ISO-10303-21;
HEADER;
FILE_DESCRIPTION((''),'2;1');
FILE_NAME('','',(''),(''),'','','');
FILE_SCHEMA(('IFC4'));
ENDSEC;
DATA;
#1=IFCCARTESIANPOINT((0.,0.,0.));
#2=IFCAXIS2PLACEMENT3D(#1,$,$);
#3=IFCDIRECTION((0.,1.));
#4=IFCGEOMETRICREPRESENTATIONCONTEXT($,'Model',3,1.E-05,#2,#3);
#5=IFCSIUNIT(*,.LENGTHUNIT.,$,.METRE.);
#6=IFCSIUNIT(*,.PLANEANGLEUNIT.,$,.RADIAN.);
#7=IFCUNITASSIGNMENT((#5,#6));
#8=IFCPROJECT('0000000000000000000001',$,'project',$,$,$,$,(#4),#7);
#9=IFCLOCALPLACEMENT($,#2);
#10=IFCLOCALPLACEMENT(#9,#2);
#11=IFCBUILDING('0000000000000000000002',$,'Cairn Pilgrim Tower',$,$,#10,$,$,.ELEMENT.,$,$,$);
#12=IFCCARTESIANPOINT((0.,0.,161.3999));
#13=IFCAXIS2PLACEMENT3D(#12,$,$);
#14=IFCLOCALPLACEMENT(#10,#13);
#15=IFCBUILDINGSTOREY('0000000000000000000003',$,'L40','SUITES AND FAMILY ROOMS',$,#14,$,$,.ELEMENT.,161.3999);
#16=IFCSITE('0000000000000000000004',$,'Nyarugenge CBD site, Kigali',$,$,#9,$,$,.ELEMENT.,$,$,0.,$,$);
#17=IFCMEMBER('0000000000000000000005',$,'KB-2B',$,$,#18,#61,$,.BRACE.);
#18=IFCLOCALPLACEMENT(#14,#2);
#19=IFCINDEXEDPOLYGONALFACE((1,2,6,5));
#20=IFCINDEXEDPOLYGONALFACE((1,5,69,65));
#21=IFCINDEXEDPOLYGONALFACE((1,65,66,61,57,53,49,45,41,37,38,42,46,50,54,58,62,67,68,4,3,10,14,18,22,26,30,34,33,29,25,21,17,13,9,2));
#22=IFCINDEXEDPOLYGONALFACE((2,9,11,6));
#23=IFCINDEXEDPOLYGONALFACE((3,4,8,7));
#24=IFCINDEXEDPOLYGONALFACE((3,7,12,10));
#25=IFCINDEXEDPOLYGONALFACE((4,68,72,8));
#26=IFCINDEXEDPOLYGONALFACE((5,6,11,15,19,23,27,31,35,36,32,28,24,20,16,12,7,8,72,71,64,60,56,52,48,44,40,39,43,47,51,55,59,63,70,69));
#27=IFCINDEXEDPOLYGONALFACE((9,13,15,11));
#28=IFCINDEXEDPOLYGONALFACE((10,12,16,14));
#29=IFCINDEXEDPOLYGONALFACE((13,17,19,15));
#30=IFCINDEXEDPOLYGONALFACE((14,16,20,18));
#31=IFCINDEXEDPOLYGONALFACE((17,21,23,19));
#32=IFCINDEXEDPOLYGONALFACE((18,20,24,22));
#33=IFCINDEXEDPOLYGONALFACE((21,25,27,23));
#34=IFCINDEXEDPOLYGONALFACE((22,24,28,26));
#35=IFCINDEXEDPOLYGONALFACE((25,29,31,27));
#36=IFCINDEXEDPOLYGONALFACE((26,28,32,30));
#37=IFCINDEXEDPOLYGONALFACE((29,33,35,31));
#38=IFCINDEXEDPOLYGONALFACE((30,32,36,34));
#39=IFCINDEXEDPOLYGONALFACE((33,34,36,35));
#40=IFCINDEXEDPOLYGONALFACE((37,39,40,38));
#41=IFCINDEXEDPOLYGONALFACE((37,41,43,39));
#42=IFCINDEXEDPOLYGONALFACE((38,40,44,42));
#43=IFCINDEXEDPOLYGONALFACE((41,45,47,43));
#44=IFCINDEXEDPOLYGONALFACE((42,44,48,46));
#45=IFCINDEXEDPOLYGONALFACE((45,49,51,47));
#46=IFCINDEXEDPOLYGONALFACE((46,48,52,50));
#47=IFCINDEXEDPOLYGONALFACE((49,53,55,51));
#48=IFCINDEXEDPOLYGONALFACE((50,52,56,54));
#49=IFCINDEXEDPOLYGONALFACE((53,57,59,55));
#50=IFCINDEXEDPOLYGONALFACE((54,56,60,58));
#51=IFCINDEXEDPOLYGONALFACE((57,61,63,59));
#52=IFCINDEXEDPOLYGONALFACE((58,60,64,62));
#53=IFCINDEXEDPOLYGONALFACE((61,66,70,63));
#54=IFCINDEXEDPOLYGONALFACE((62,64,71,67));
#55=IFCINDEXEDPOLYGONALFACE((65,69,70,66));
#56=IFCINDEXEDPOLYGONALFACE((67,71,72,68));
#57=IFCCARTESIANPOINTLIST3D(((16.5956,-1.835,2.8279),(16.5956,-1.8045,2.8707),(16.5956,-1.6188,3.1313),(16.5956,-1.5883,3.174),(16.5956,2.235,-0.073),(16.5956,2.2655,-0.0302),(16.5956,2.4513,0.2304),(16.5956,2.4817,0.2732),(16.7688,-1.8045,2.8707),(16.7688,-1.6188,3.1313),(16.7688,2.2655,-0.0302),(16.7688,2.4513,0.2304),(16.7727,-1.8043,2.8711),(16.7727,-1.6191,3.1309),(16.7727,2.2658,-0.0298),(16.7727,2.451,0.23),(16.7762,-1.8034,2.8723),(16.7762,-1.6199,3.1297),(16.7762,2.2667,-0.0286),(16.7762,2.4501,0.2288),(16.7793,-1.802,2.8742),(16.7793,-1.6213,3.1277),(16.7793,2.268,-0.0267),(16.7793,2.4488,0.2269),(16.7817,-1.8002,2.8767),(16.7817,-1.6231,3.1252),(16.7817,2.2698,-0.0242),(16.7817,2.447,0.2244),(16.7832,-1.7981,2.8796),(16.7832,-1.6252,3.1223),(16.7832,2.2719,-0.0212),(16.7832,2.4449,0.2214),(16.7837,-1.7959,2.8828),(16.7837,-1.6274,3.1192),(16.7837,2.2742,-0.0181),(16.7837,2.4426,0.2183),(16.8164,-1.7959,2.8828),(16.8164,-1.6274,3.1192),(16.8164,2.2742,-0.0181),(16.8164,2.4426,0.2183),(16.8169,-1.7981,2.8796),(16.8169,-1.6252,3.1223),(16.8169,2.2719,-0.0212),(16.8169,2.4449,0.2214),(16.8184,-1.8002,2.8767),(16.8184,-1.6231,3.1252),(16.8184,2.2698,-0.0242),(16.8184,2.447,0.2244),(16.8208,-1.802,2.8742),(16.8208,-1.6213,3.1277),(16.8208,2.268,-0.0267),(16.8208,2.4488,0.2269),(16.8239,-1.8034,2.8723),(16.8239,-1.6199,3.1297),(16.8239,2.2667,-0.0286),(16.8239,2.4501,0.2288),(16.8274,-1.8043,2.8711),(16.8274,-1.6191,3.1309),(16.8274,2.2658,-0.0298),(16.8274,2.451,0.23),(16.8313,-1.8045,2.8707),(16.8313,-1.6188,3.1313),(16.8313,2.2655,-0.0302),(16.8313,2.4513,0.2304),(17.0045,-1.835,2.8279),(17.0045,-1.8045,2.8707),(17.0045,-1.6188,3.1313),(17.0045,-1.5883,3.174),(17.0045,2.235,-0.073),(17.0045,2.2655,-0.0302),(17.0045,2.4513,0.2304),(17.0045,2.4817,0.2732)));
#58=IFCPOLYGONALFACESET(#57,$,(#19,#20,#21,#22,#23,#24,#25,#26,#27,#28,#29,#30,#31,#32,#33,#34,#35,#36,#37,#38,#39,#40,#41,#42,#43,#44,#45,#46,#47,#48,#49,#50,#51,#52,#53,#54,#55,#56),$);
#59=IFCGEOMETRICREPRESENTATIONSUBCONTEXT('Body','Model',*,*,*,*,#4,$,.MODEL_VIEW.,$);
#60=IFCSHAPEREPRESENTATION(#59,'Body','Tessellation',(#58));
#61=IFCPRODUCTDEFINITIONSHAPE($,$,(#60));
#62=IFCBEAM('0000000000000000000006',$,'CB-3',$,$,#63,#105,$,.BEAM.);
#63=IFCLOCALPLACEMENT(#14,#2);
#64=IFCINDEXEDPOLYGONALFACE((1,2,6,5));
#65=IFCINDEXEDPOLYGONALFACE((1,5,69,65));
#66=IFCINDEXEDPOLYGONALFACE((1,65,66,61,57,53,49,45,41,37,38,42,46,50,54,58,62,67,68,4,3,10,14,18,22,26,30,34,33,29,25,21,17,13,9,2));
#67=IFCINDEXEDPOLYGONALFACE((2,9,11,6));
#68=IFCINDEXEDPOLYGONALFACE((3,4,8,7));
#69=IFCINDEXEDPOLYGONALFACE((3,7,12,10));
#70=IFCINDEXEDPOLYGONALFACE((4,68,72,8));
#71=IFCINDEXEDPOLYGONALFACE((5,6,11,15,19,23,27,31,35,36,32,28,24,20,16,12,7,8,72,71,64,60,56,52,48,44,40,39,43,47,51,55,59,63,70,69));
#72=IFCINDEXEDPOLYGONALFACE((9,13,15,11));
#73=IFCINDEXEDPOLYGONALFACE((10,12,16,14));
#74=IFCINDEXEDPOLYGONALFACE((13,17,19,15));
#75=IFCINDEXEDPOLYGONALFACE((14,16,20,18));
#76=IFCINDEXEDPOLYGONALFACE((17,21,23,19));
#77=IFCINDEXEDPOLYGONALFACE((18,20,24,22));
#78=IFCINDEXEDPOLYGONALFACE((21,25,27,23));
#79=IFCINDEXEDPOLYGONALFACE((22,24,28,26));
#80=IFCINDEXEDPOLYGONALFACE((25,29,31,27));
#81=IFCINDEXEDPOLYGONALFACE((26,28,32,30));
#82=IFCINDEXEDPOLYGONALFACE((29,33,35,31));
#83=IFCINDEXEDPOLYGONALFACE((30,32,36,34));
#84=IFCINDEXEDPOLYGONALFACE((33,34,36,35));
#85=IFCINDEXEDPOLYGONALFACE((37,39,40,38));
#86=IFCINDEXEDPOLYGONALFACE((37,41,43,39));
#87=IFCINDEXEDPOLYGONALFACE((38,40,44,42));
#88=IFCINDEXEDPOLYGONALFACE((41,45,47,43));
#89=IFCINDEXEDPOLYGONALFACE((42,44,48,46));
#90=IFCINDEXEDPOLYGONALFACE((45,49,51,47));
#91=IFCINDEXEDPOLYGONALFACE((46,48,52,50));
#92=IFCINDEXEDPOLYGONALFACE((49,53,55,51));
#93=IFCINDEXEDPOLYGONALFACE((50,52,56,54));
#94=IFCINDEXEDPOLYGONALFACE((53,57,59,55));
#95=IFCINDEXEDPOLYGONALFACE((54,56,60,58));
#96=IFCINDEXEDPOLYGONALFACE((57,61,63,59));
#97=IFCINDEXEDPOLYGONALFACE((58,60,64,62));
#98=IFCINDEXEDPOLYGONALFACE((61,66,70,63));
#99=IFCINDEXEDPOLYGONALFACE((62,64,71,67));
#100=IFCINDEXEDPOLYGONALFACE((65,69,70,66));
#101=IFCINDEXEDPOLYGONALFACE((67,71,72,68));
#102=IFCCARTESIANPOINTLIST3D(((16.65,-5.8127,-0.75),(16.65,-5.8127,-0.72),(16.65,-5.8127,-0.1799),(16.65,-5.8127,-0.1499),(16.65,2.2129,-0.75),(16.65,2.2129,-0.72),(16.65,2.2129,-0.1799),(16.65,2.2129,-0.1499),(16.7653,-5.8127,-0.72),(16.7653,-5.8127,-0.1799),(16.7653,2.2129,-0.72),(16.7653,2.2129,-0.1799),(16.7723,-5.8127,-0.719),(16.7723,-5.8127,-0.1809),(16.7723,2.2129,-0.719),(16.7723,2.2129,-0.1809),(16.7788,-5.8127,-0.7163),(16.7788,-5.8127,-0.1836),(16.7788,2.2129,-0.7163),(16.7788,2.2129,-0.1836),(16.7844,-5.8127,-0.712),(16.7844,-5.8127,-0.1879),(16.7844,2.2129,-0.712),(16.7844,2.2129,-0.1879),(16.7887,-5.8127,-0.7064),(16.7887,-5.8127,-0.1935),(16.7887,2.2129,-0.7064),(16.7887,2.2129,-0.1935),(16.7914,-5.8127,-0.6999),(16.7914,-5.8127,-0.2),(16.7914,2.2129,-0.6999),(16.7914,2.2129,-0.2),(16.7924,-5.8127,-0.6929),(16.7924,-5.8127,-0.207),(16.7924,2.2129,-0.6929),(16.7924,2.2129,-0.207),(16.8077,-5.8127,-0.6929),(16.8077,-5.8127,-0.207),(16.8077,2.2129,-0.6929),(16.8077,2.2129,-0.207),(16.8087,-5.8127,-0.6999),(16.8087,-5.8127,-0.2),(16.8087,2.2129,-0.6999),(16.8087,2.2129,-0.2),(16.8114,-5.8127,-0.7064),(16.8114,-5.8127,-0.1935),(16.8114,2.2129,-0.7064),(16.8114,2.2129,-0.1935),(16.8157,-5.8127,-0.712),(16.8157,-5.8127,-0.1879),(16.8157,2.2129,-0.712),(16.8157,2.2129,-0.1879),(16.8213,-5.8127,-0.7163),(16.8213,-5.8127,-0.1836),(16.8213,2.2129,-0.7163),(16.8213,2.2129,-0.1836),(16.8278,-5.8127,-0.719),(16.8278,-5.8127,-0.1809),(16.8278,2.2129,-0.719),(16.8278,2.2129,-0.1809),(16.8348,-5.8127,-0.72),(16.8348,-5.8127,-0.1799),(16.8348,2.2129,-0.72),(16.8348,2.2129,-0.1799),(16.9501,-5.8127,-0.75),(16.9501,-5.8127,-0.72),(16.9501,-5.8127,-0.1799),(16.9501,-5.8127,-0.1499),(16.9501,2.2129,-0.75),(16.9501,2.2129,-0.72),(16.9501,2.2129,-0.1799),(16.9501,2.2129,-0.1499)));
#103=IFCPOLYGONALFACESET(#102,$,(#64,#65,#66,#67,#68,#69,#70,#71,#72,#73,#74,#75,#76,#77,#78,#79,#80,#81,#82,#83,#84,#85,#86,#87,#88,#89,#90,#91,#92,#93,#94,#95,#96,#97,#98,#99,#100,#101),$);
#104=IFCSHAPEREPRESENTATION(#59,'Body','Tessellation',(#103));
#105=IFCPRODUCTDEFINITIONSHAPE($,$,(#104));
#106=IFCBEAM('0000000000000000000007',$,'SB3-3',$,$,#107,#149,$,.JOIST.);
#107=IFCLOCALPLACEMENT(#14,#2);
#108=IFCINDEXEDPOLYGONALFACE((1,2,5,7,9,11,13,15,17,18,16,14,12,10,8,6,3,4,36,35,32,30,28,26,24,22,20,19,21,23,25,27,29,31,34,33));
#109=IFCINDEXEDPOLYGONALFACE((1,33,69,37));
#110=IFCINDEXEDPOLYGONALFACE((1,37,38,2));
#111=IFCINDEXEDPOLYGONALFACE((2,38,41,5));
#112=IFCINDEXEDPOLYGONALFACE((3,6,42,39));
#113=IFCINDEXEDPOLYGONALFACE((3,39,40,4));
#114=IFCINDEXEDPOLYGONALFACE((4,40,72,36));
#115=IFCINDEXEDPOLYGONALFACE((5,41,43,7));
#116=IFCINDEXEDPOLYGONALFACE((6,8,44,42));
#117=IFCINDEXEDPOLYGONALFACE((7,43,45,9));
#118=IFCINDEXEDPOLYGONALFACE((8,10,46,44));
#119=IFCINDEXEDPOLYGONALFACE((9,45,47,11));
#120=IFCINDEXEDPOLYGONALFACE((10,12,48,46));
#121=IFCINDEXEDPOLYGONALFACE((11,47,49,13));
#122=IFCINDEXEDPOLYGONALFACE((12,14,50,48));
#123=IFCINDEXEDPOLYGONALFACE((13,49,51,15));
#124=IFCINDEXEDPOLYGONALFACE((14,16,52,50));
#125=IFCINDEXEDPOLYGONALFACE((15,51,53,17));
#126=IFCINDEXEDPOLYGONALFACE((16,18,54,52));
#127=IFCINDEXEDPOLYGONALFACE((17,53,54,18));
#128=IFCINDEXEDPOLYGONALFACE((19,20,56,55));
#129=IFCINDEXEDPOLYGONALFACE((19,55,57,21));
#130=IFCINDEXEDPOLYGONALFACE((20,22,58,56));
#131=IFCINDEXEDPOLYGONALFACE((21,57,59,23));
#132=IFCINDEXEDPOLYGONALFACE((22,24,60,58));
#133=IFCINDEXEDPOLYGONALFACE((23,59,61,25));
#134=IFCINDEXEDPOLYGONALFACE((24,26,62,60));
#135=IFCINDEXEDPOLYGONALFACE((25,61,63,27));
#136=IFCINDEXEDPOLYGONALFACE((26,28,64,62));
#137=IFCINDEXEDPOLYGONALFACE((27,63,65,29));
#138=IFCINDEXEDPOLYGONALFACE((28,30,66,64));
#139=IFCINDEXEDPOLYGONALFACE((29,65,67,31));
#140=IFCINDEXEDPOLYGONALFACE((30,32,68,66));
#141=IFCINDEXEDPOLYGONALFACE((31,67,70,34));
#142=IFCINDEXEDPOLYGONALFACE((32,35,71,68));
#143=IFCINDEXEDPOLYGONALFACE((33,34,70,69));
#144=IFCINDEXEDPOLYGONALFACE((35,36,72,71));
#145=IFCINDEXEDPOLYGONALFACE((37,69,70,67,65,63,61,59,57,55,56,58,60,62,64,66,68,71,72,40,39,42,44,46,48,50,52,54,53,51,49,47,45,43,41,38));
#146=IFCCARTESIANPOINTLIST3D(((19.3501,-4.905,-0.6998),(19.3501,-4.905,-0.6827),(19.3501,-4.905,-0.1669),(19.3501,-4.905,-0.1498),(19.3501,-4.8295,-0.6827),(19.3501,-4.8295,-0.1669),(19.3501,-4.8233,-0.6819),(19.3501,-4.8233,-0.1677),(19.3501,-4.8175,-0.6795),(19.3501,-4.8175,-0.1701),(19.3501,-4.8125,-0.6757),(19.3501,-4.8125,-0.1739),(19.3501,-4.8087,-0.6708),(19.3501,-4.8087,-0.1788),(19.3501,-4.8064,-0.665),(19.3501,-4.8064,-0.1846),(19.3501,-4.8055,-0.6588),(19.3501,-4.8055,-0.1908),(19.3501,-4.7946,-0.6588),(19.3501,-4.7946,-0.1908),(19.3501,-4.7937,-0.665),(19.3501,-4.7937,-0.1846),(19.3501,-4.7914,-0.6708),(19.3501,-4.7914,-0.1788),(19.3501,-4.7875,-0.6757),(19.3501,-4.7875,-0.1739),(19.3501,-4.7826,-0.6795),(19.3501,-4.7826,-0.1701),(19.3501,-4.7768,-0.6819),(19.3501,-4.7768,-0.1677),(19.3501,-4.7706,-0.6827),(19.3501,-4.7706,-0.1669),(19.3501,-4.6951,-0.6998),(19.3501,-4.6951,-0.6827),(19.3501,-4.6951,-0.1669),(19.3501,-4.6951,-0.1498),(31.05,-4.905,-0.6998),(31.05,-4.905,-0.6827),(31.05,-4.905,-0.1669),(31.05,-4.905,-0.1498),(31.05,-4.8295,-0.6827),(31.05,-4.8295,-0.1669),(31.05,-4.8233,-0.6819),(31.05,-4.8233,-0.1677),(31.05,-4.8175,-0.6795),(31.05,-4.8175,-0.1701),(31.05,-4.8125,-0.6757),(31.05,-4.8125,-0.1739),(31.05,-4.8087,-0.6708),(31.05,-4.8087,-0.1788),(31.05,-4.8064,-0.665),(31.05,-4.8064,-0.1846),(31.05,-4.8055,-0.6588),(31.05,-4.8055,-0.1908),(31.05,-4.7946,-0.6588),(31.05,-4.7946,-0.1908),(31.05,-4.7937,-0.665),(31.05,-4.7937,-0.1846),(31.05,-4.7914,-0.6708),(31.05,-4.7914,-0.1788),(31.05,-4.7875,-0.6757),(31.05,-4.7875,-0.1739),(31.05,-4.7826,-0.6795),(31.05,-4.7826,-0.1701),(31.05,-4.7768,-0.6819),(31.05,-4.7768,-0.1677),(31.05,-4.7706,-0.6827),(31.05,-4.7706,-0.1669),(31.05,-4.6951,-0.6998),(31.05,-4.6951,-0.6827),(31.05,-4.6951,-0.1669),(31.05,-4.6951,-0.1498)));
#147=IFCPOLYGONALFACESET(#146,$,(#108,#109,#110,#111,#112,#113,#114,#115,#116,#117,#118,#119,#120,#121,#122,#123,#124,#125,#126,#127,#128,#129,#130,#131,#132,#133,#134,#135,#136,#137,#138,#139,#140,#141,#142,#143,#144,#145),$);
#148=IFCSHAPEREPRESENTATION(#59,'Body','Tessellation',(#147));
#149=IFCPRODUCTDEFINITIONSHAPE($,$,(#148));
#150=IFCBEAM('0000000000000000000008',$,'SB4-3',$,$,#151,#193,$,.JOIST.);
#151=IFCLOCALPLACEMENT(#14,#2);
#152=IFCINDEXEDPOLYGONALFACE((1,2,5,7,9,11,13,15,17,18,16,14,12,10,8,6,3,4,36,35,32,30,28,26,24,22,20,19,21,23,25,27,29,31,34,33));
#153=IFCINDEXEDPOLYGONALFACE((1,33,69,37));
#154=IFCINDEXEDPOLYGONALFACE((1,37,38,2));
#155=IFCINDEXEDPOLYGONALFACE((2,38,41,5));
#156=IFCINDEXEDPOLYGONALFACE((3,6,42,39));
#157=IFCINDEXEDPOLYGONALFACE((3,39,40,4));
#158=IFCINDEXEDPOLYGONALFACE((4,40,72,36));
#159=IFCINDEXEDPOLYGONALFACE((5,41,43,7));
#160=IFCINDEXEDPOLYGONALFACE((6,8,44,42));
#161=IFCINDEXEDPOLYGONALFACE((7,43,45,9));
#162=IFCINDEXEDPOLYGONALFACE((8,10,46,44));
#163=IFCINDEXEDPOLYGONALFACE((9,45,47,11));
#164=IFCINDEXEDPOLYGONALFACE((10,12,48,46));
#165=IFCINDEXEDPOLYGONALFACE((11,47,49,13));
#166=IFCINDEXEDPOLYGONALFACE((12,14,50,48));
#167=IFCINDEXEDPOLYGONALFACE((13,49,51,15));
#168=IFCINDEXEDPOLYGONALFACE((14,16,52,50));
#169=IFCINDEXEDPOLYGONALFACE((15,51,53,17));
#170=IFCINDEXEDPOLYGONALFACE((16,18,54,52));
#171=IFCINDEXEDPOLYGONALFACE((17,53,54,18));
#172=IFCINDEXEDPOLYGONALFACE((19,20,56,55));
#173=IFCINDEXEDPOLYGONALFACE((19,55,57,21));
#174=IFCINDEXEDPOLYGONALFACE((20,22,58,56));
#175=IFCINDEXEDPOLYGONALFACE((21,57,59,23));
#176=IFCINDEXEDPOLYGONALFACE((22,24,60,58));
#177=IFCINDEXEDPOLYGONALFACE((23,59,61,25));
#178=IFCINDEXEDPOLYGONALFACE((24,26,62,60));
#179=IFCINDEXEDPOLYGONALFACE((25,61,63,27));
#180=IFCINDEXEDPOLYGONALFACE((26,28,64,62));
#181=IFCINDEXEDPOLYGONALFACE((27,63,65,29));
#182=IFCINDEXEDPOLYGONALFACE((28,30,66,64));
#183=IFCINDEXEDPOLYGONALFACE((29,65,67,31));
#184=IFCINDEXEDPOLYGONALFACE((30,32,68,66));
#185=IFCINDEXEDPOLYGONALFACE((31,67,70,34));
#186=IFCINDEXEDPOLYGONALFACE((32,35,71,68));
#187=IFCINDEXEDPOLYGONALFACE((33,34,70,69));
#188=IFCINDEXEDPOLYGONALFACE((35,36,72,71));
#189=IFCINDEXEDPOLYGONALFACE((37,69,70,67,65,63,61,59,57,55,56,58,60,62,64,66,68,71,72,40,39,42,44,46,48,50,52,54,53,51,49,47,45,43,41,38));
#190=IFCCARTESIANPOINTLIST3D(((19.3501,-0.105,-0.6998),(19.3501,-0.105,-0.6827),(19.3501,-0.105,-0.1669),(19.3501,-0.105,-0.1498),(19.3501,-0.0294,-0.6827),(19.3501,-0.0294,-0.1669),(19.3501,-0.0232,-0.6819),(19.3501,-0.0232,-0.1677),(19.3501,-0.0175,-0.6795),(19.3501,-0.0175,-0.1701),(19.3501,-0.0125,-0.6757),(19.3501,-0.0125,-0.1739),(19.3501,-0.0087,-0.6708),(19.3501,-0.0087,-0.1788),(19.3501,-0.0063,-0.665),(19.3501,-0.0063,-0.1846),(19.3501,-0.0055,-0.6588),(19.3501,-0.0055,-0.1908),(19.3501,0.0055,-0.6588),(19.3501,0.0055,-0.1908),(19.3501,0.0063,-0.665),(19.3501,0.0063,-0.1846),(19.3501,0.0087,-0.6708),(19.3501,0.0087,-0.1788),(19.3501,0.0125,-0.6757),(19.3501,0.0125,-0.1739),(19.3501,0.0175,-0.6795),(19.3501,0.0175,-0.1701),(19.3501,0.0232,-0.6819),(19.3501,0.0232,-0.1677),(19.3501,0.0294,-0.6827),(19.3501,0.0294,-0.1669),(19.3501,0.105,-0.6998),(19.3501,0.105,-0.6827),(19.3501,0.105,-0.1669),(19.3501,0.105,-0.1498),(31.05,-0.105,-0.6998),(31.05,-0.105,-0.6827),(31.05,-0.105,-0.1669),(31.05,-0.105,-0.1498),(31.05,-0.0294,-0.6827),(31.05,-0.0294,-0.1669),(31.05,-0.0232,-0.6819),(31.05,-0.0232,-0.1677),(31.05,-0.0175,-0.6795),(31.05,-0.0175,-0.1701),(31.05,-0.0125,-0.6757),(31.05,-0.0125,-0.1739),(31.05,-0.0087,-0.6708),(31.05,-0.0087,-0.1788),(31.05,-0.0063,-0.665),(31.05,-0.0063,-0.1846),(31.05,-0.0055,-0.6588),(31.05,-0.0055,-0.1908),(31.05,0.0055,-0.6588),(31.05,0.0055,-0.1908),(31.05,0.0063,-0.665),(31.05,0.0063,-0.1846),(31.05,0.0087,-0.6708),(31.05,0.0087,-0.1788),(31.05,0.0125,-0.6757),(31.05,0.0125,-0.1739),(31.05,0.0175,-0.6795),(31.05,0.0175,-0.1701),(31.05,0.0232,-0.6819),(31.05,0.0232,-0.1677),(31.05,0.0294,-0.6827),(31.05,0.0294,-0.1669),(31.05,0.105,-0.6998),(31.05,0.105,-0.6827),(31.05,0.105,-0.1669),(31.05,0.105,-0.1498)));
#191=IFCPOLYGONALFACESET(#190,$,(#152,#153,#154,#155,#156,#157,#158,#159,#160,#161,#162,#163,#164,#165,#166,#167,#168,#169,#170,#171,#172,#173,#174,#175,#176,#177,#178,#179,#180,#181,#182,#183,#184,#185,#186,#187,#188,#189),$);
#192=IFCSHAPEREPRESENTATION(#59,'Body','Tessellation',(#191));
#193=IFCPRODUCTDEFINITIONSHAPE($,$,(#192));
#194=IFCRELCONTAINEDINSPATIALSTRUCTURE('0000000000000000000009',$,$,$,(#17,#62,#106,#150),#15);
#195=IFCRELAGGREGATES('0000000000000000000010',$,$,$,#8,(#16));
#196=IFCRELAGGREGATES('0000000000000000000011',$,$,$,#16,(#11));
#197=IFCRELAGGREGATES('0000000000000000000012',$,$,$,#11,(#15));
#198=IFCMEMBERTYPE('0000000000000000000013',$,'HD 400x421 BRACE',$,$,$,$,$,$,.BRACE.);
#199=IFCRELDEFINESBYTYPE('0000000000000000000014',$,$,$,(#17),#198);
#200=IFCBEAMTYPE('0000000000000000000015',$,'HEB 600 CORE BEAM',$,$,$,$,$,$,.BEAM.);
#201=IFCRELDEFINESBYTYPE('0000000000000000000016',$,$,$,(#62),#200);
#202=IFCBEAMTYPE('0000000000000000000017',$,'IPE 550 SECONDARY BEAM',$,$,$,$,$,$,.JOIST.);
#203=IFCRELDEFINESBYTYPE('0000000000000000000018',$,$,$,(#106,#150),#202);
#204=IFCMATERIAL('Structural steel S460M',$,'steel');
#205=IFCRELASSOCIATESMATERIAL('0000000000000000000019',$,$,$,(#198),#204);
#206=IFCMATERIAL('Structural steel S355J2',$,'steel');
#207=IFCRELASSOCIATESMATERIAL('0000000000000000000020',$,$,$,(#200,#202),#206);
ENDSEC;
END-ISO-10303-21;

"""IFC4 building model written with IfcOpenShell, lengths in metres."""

from ifc_helpers import new_model, si_unit, direction, frame, origin, origin_2d, place, context, subcontext, project, spatial, i_section, extrude, material, material_profile, profile_set, type_object, element, save


model = new_model("IFC4")

# Units and contexts
model_context = context("Model", 3, precision=1e-05, world=origin(), true_north=direction((0.0, 1.0)))
body_context = subcontext(model_context, "Body", "Model", "MODEL_VIEW")
ifc_project = project(units=[si_unit("LENGTHUNIT", "METRE"), si_unit("PLANEANGLEUNIT", "RADIAN")], contexts=[model_context])

# Site, building, storey
site_placement = place(None, origin())
site = spatial("IfcSite", under=ifc_project, at=site_placement, Name="Nyarugenge CBD site, Kigali", CompositionType="ELEMENT", RefElevation=0.0)
building_placement = place(site_placement, origin())
building = spatial("IfcBuilding", under=site, at=building_placement, Name="Cairn Pilgrim Tower", CompositionType="ELEMENT")
storey_placement = place(building_placement, frame((0.0, 0.0, 161.3999)))
storey = spatial("IfcBuildingStorey", under=building, at=storey_placement, Name="L40", Description="SUITES AND FAMILY ROOMS", CompositionType="ELEMENT", Elevation=161.3999)

# Shared definitions
ifc_material_1 = material(Name="Structural steel S355J2", Category="steel")
ifc_material_2 = material(Name="Structural steel S460M", Category="steel")

# Member
ifc_material_profile_1 = material_profile(ifc_material_2, i_section(OverallWidth=0.4089, OverallDepth=0.425, WebThickness=0.0327, FlangeThickness=0.0525, FilletRadius=0.0149, at=origin_2d()), Name="HD 400x421")
ifc_profile_set_1 = profile_set([ifc_material_profile_1], Name="Structural steel S460M")
member_type = type_object("IfcMemberType", Name="HD 400x421 BRACE", PredefinedType="BRACE", material=ifc_profile_set_1)
member_1_placement = place(storey_placement, frame((16.8, 2.3584, 0.1001), z_axis=(0.0, -0.81433, 0.580402), x_axis=(1.0, 0.0, 0.0)))
element("IfcMember", 1, at=member_1_placement, inside=storey, type_object=member_type, Name="KB-2B", PredefinedType="BRACE", context=body_context, shape_type="SweptSolid", body=[
    extrude(i_section(OverallWidth=0.4089, OverallDepth=0.425, WebThickness=0.0327, FlangeThickness=0.0525, FilletRadius=0.0149, at=origin_2d()), origin(), (0.0, 0.0, 1.0), 4.998),
])

# Beams
ifc_material_profile_2 = material_profile(ifc_material_1, i_section(OverallWidth=0.3, OverallDepth=0.6001, WebThickness=0.0154, FlangeThickness=0.03, FilletRadius=0.0271, at=origin_2d()), Name="HEB 600")
ifc_profile_set_2 = profile_set([ifc_material_profile_2], Name="Structural steel S355J2")
beam_type_1 = type_object("IfcBeamType", Name="HEB 600 CORE BEAM", PredefinedType="BEAM", material=ifc_profile_set_2)
beam_1_placement = place(storey_placement, frame((16.8, -5.8127, -0.45), z_axis=(0.0, 1.0, 0.0), x_axis=(-1.0, 0.0, 0.0)))
element("IfcBeam", 2, at=beam_1_placement, inside=storey, type_object=beam_type_1, Name="CB-3", PredefinedType="BEAM", context=body_context, shape_type="SweptSolid", body=[
    extrude(i_section(OverallWidth=0.3, OverallDepth=0.6001, WebThickness=0.0154, FlangeThickness=0.03, FilletRadius=0.0271, at=origin_2d()), origin(), (0.0, 0.0, 1.0), 8.0256),
])
ifc_material_profile_3 = material_profile(ifc_material_1, i_section(OverallWidth=0.21, OverallDepth=0.55, WebThickness=0.011, FlangeThickness=0.0171, FilletRadius=0.0239, at=origin_2d()), Name="IPE 550")
ifc_profile_set_3 = profile_set([ifc_material_profile_3], Name="Structural steel S355J2")
beam_type_2 = type_object("IfcBeamType", Name="IPE 550 SECONDARY BEAM", PredefinedType="JOIST", material=ifc_profile_set_3)
for number, where, z_axis, x_axis, name in (
    (3, (19.3501, -4.8, -0.4248), (1.0, 0.0, 0.0), (0.0, 1.0, 0.0), "SB3-3"),
    (4, (19.3501, 0.0, -0.4248), (1.0, 0.0, 0.0), (0.0, 1.0, 0.0), "SB4-3"),
):
    element("IfcBeam", number, at=place(storey_placement, frame(where, z_axis=z_axis, x_axis=x_axis)), inside=storey, type_object=beam_type_2, Name=name, PredefinedType="JOIST", context=body_context, shape_type="SweptSolid", body=[
        extrude(i_section(OverallWidth=0.21, OverallDepth=0.55, WebThickness=0.011, FlangeThickness=0.0171, FilletRadius=0.0239, at=origin_2d()), origin(), (0.0, 0.0, 1.0), 11.7),
    ])

save(model, "model.ifc")
